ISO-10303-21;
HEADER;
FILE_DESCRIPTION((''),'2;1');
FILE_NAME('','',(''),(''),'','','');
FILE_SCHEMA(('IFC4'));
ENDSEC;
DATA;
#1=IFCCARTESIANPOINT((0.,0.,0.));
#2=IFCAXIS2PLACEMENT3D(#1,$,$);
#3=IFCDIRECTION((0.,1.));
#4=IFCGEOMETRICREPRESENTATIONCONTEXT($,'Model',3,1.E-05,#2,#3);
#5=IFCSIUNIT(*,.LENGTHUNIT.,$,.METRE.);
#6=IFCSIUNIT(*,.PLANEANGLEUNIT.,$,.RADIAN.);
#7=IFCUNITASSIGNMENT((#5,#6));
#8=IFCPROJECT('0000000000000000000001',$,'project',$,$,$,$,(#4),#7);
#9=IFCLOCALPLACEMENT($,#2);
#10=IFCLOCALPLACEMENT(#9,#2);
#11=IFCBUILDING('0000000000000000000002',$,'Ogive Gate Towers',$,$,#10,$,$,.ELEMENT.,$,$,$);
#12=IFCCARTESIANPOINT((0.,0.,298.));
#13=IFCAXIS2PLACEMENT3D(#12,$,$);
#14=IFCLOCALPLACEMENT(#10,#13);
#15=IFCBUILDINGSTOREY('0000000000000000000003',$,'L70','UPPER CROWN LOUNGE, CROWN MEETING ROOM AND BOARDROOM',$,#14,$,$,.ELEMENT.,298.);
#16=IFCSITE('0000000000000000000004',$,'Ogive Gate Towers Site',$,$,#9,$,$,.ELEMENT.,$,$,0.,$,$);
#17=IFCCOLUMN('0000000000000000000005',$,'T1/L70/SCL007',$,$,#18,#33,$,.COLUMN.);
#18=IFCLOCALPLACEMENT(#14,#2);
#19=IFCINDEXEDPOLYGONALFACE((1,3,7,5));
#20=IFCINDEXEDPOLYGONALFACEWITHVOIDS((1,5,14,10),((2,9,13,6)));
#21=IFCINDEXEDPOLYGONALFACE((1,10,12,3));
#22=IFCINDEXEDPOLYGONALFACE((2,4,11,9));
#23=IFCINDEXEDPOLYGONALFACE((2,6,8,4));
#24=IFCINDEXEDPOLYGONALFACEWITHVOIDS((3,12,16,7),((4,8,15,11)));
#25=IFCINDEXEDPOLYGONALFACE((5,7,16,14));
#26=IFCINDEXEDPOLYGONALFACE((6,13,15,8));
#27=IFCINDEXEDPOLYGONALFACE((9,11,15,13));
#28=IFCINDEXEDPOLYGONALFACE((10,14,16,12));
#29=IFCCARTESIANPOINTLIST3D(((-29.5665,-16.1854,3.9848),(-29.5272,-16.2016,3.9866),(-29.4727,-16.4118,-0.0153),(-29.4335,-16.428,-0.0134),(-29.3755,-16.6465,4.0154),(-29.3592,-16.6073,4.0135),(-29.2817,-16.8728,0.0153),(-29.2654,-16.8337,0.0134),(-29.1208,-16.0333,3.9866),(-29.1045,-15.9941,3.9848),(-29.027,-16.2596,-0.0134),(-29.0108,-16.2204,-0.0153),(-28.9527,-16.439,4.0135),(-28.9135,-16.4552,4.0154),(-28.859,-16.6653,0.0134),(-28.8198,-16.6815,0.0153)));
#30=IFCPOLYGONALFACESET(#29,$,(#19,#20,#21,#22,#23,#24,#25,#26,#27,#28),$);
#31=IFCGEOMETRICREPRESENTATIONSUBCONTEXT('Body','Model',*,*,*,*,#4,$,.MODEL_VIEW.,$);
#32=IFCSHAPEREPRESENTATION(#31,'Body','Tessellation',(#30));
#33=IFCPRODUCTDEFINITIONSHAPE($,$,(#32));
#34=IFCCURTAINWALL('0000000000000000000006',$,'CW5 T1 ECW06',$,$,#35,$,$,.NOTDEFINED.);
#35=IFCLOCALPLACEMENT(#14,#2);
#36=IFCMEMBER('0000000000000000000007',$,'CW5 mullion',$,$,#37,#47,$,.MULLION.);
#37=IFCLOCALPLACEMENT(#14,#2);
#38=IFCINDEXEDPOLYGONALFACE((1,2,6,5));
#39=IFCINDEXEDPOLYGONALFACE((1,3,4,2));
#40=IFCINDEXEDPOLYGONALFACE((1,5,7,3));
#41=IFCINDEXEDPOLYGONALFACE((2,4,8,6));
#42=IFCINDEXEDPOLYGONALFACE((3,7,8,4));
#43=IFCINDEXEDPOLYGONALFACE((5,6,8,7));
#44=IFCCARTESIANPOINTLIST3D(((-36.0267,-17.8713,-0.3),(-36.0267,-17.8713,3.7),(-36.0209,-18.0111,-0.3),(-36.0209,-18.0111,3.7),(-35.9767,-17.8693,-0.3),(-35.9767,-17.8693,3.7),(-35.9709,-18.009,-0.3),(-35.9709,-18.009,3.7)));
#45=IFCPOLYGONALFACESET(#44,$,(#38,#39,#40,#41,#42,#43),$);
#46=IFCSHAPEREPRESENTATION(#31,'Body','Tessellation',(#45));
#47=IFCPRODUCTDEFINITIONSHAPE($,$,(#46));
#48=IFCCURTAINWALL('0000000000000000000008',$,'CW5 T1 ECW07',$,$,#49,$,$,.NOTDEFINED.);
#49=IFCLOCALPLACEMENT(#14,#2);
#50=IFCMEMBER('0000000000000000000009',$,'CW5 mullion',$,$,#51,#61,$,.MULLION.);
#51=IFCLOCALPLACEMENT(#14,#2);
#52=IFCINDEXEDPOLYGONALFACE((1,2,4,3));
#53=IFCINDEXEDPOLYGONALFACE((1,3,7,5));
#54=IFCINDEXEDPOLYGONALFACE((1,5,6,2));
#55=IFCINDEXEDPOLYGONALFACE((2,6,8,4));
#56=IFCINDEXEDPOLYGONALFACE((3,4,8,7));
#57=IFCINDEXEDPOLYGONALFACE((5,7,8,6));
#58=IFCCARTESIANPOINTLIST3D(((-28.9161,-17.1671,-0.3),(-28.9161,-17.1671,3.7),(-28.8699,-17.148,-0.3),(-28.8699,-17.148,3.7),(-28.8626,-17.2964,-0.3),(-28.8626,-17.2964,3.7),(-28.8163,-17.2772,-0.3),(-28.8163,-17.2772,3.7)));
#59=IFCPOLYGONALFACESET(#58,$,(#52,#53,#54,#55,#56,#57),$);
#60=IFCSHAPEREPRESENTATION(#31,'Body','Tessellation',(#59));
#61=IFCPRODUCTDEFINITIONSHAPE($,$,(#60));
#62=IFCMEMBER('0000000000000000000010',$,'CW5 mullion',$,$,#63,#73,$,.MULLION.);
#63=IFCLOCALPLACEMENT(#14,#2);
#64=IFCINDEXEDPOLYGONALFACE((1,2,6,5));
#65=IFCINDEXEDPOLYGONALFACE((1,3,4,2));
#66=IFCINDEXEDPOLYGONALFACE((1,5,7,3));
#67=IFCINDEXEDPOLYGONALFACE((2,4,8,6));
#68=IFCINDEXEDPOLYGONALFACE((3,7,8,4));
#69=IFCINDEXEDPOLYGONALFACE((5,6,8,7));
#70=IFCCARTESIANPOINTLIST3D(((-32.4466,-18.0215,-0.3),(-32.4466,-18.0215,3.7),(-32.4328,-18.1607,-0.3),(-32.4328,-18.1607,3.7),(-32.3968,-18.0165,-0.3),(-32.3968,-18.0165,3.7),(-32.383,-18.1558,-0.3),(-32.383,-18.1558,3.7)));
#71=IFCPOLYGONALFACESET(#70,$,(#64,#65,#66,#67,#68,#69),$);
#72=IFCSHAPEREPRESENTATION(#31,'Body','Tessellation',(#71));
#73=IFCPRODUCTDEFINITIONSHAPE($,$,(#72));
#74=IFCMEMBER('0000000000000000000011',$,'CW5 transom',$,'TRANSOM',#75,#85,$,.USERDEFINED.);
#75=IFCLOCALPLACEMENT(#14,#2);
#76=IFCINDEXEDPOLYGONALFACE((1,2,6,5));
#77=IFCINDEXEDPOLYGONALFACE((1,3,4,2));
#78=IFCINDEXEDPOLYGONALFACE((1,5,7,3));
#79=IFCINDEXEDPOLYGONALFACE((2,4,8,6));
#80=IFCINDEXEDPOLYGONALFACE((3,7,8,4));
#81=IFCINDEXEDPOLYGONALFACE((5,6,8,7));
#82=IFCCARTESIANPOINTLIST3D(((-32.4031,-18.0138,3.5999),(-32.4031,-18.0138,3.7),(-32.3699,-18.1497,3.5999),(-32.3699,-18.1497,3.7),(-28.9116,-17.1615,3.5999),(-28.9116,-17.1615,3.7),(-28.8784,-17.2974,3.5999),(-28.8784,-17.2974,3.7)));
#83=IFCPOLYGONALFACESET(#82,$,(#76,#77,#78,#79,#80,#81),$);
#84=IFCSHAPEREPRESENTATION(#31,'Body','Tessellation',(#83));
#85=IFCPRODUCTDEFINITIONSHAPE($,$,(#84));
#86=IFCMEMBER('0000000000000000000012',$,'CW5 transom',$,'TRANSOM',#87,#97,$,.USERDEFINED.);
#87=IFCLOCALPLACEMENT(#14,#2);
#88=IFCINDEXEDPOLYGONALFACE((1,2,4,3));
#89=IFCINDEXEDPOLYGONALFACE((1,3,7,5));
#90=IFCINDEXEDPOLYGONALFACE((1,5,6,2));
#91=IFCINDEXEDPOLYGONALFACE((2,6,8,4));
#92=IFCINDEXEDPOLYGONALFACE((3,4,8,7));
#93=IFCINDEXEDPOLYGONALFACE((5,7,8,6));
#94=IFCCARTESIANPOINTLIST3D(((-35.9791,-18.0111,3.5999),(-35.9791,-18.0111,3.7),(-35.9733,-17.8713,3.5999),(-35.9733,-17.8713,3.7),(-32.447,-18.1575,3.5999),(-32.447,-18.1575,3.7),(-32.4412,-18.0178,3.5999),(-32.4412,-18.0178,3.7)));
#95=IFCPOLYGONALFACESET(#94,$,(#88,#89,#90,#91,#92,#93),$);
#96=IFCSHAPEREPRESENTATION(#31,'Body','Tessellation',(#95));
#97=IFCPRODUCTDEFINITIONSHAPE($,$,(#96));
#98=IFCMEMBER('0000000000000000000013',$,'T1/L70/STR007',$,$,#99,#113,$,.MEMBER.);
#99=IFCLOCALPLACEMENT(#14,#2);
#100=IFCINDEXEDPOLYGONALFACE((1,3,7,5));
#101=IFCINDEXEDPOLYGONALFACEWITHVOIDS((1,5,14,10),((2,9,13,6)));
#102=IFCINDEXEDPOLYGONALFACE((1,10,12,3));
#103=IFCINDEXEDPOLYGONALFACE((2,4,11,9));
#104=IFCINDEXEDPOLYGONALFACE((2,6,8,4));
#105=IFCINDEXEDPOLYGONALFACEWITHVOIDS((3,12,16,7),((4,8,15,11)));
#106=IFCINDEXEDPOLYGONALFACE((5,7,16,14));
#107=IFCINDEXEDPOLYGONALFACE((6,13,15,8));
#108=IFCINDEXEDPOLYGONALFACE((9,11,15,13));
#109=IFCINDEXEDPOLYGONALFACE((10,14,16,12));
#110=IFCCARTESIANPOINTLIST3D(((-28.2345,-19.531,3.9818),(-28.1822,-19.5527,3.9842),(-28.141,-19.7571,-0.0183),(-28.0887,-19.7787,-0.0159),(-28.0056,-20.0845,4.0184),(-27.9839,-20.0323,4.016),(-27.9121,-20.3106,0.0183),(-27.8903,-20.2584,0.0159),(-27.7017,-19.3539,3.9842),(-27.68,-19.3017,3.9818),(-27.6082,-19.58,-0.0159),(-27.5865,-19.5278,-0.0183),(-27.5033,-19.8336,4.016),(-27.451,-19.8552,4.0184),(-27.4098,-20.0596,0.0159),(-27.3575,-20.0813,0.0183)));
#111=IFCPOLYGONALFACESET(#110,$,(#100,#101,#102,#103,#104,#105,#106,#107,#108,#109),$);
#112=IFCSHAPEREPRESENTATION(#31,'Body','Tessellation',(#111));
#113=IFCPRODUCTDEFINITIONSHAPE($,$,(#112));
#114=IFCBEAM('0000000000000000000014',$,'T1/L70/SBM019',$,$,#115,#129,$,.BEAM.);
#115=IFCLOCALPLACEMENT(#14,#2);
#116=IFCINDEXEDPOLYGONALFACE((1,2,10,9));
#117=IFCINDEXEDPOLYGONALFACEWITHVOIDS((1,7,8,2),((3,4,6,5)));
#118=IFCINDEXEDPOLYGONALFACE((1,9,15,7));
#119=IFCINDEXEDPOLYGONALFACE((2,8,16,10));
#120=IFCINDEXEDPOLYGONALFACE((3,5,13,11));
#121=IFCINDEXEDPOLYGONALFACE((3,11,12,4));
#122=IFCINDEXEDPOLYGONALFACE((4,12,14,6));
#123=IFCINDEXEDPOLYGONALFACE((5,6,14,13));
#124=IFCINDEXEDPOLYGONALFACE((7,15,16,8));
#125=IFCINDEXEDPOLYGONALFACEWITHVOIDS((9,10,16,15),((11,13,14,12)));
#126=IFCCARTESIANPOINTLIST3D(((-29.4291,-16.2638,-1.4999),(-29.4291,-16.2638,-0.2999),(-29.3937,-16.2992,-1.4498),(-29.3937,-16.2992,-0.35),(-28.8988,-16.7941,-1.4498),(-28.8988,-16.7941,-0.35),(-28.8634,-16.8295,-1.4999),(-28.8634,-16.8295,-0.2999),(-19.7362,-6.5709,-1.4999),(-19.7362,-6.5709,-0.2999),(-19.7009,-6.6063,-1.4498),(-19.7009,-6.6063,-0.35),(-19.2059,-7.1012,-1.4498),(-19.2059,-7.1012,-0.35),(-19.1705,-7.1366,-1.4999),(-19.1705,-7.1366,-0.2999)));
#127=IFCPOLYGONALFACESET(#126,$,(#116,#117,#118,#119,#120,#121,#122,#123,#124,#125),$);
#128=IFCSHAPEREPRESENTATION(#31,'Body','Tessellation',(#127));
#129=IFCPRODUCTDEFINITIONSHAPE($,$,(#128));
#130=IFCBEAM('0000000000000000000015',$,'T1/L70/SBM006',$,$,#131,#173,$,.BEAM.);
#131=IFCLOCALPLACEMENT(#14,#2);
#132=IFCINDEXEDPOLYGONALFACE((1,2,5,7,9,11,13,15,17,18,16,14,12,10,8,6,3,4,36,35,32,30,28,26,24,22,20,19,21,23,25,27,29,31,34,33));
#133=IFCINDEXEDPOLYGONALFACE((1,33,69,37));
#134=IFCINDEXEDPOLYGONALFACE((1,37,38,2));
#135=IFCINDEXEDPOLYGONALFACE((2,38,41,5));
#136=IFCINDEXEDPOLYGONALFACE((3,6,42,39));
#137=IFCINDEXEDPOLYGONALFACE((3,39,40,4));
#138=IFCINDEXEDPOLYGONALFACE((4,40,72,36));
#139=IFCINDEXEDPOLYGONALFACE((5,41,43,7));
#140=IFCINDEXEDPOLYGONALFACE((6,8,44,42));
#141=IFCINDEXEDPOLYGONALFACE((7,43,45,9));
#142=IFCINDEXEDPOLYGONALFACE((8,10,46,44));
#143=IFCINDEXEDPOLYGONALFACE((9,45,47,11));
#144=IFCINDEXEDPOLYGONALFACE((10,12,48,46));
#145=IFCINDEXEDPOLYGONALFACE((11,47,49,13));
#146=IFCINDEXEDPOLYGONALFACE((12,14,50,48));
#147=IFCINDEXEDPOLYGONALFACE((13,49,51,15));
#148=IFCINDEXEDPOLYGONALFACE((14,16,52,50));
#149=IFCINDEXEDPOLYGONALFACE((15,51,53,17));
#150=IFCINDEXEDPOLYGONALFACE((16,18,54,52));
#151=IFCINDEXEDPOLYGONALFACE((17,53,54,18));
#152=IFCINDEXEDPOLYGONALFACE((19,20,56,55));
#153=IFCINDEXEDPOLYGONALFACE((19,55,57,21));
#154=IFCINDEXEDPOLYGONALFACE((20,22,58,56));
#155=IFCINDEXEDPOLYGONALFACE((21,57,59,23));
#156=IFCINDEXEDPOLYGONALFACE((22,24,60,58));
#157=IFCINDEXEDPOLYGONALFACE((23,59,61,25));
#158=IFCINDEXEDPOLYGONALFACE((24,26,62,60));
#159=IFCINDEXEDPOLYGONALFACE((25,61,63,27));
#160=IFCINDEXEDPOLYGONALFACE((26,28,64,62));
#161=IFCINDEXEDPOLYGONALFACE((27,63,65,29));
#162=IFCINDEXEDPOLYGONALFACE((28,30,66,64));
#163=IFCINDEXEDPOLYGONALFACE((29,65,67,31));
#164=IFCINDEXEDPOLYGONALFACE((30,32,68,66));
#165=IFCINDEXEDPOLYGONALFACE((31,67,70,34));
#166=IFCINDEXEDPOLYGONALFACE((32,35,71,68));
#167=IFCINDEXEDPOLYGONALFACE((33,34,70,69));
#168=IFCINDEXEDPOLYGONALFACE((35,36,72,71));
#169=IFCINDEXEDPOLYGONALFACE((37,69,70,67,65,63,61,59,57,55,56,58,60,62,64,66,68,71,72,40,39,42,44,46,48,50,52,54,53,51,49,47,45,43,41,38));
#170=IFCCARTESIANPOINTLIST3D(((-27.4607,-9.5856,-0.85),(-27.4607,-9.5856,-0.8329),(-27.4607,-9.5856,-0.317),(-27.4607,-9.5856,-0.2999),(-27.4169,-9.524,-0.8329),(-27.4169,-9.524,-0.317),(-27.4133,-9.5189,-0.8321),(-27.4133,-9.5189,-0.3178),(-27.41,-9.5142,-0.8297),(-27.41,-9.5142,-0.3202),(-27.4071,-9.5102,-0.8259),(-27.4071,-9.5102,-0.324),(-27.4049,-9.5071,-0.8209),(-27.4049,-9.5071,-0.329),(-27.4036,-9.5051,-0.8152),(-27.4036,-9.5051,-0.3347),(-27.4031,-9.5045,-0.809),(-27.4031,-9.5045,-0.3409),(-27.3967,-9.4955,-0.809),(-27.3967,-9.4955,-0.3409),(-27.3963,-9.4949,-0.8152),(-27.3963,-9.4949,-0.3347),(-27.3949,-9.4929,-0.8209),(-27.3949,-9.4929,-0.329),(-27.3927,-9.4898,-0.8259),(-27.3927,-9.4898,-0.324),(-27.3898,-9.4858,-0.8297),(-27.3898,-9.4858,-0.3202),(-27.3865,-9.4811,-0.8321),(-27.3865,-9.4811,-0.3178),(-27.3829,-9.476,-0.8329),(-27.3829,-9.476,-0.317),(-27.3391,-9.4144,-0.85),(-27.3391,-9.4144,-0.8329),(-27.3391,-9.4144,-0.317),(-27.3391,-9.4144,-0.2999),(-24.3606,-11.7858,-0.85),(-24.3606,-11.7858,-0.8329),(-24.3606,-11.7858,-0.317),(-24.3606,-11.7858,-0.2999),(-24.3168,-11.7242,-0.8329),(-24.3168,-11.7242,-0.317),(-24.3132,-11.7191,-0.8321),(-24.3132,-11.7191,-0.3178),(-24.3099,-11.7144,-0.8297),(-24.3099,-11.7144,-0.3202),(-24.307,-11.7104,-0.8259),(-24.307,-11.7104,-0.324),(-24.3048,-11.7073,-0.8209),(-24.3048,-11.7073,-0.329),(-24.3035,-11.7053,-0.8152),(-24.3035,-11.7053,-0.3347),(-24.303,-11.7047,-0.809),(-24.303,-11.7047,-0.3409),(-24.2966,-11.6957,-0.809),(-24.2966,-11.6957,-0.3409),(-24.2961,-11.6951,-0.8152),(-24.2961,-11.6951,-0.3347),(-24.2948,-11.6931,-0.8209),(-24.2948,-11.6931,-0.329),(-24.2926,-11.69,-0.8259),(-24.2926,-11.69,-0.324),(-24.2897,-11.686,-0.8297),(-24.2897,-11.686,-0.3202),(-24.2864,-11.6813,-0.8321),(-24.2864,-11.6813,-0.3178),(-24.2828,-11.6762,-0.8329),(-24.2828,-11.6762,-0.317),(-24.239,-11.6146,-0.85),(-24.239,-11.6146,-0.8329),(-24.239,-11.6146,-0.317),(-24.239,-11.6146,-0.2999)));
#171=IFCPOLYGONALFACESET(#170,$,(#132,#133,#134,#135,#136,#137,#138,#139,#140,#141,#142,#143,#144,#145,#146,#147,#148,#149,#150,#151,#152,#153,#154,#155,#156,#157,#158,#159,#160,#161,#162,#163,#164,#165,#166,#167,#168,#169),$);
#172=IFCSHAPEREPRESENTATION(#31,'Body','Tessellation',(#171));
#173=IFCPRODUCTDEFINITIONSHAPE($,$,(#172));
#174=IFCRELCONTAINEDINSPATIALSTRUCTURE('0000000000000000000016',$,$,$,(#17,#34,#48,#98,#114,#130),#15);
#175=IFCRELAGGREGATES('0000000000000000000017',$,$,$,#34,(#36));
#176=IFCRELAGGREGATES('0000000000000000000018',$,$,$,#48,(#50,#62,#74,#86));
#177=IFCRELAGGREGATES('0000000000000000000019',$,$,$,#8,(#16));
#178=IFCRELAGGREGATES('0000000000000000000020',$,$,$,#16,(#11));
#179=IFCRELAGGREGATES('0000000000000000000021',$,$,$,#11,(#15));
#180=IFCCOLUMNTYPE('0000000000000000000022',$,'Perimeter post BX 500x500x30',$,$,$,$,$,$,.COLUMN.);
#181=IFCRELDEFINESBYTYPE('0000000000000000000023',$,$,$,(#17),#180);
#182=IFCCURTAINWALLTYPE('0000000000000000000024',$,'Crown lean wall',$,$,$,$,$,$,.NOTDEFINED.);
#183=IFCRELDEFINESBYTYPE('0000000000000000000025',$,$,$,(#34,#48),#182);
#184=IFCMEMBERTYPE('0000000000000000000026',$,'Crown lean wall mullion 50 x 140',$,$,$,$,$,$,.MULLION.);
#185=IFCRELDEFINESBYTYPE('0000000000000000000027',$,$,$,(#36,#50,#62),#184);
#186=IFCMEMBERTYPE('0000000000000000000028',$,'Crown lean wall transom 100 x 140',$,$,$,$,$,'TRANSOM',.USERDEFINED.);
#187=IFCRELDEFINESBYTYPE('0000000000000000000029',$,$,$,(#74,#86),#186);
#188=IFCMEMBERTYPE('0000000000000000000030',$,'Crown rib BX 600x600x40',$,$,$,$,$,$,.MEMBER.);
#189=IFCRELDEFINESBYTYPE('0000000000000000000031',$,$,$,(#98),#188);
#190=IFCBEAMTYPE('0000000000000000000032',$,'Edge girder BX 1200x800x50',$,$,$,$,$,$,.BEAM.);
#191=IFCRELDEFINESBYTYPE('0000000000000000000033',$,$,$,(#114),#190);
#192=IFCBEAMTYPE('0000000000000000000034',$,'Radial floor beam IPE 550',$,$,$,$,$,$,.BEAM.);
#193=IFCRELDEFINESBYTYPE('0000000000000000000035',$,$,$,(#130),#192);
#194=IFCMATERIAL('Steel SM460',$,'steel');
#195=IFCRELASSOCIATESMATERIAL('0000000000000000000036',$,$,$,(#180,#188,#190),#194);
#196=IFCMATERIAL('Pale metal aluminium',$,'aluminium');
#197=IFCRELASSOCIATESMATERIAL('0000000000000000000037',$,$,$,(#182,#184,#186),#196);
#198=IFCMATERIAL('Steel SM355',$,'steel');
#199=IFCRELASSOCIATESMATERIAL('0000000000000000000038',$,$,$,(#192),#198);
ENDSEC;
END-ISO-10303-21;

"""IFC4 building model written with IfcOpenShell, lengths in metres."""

from ifc_helpers import new_model, si_unit, direction, frame, origin, origin_2d, place, context, subcontext, project, spatial, rectangle, hollow_rectangle, i_section, extrude, material, material_profile, profile_set, type_object, element, aggregate, save


model = new_model("IFC4")

# Units and contexts
model_context = context("Model", 3, precision=1e-05, world=origin(), true_north=direction((0.0, 1.0)))
body_context = subcontext(model_context, "Body", "Model", "MODEL_VIEW")
ifc_project = project(units=[si_unit("LENGTHUNIT", "METRE"), si_unit("PLANEANGLEUNIT", "RADIAN")], contexts=[model_context])

# Site, building, storey
site_placement = place(None, origin())
site = spatial("IfcSite", under=ifc_project, at=site_placement, Name="Ogive Gate Towers Site", CompositionType="ELEMENT", RefElevation=0.0)
building_placement = place(site_placement, origin())
building = spatial("IfcBuilding", under=site, at=building_placement, Name="Ogive Gate Towers", CompositionType="ELEMENT")
storey_placement = place(building_placement, frame((0.0, 0.0, 298.0)))
storey = spatial("IfcBuildingStorey", under=building, at=storey_placement, Name="L70", Description="UPPER CROWN LOUNGE, CROWN MEETING ROOM AND BOARDROOM", CompositionType="ELEMENT", Elevation=298.0)

# Column
ifc_material_1 = material(Name="Steel SM460", Category="steel")
ifc_material_profile_1 = material_profile(ifc_material_1, hollow_rectangle(XDim=0.5, YDim=0.5, WallThickness=0.03, at=origin_2d()), Name="BX 500x500x30")
ifc_profile_set_1 = profile_set([ifc_material_profile_1], Name="Steel SM460")
column_type = type_object("IfcColumnType", Name="Perimeter post BX 500x500x30", PredefinedType="COLUMN", material=ifc_profile_set_1)
column_placement = place(storey_placement, frame((-29.1462, -16.5466, 0.0), z_axis=(-0.023394, 0.056474, 0.99813), x_axis=(-0.923871, -0.382704, 0.0)))
element("IfcColumn", 1, at=column_placement, inside=storey, type_object=column_type, Name="T1/L70/SCL007", PredefinedType="COLUMN", context=body_context, shape_type="SweptSolid", body=[
    extrude(hollow_rectangle(XDim=0.5, YDim=0.5, WallThickness=0.03, at=origin_2d()), origin(), (0.0, 0.0, 1.0), 4.0076),
])

# Curtain wall, member
ifc_material_2 = material(Name="Pale metal aluminium", Category="aluminium")
curtain_wall_type = type_object("IfcCurtainWallType", Name="Crown lean wall", PredefinedType="NOTDEFINED", material=ifc_material_2)
curtain_wall_1_placement = place(storey_placement, origin())
curtain_wall_1 = element("IfcCurtainWall", 2, at=curtain_wall_1_placement, inside=storey, type_object=curtain_wall_type, Name="CW5 T1 ECW06", PredefinedType="NOTDEFINED")
ifc_material_profile_2 = material_profile(ifc_material_2, rectangle(XDim=0.1399, YDim=0.05, at=origin_2d()), Name="50 x 140 aluminium box")
ifc_profile_set_2 = profile_set([ifc_material_profile_2], Name="Pale metal aluminium")
member_type_1 = type_object("IfcMemberType", Name="Crown lean wall mullion 50 x 140", PredefinedType="MULLION", material=ifc_profile_set_2)
member_1_placement = place(storey_placement, frame((-35.9988, -17.9402, -0.3), z_axis=(0.0, 0.0, 1.0), x_axis=(-0.04144, 0.999141, 0.0)))
member_1 = element("IfcMember", 3, at=member_1_placement, type_object=member_type_1, Name="CW5 mullion", PredefinedType="MULLION", context=body_context, shape_type="SweptSolid", body=[
    extrude(rectangle(XDim=0.1399, YDim=0.05, at=origin_2d()), origin(), (0.0, 0.0, 1.0), 4.0),
])
aggregate(curtain_wall_1, [member_1])

# Curtain wall, members
curtain_wall_2_placement = place(storey_placement, origin())
curtain_wall_2 = element("IfcCurtainWall", 4, at=curtain_wall_2_placement, inside=storey, type_object=curtain_wall_type, Name="CW5 T1 ECW07", PredefinedType="NOTDEFINED")
member_2_placement = place(storey_placement, frame((-28.8662, -17.2222, -0.3), z_axis=(0.0, 0.0, 1.0), x_axis=(-0.382683, 0.92388, 0.0)))
member_2 = element("IfcMember", 5, at=member_2_placement, type_object=member_type_1, Name="CW5 mullion", PredefinedType="MULLION", context=body_context, shape_type="SweptSolid", body=[
    extrude(rectangle(XDim=0.1399, YDim=0.05, at=origin_2d()), origin(), (0.0, 0.0, 1.0), 4.0),
])
member_3_placement = place(storey_placement, frame((-32.4148, -18.0886, -0.3), z_axis=(0.0, 0.0, 1.0), x_axis=(-0.098833, 0.995104, 0.0)))
member_3 = element("IfcMember", 6, at=member_3_placement, type_object=member_type_1, Name="CW5 mullion", PredefinedType="MULLION", context=body_context, shape_type="SweptSolid", body=[
    extrude(rectangle(XDim=0.1399, YDim=0.05, at=origin_2d()), origin(), (0.0, 0.0, 1.0), 4.0),
])
ifc_material_profile_3 = material_profile(ifc_material_2, rectangle(XDim=0.1399, YDim=0.1001, at=origin_2d()), Name="100 x 140 aluminium box")
ifc_profile_set_3 = profile_set([ifc_material_profile_3], Name="Pale metal aluminium")
member_type_2 = type_object("IfcMemberType", Name="Crown lean wall transom 100 x 140", ElementType="TRANSOM", PredefinedType="USERDEFINED", material=ifc_profile_set_3)
member_4_placement = place(storey_placement, frame((-28.895, -17.2295, 3.6499), z_axis=(-0.971474, -0.237145, 0.0), x_axis=(0.237145, -0.971474, 0.0)))
member_4 = element("IfcMember", 7, at=member_4_placement, type_object=member_type_2, Name="CW5 transom", ObjectType="TRANSOM", PredefinedType="USERDEFINED", context=body_context, shape_type="SweptSolid", body=[
    extrude(rectangle(XDim=0.1399, YDim=0.1001, at=origin_2d()), origin(), (0.0, 0.0, 1.0), 3.594),
])
member_5_placement = place(storey_placement, frame((-32.4441, -18.0876, 3.6499), z_axis=(-0.999141, 0.041435, 0.0), x_axis=(-0.041435, -0.999141, 0.0)))
member_5 = element("IfcMember", 8, at=member_5_placement, type_object=member_type_2, Name="CW5 transom", ObjectType="TRANSOM", PredefinedType="USERDEFINED", context=body_context, shape_type="SweptSolid", body=[
    extrude(rectangle(XDim=0.1399, YDim=0.1001, at=origin_2d()), origin(), (0.0, 0.0, 1.0), 3.5352),
])

# Member
ifc_material_profile_4 = material_profile(ifc_material_1, hollow_rectangle(XDim=0.6001, YDim=0.6001, WallThickness=0.04, at=origin_2d()), Name="BX 600x600x40")
ifc_profile_set_4 = profile_set([ifc_material_profile_4], Name="Steel SM460")
member_type_3 = type_object("IfcMemberType", Name="Crown rib BX 600x600x40", PredefinedType="MEMBER", material=ifc_profile_set_4)
member_6_placement = place(storey_placement, frame((-27.7493, -19.9192, 0.0), z_axis=(-0.023333, 0.056413, 0.998135), x_axis=(-0.924078, -0.382205, 0.0)))
element("IfcMember", 9, at=member_6_placement, inside=storey, type_object=member_type_3, Name="T1/L70/STR007", PredefinedType="MEMBER", context=body_context, shape_type="SweptSolid", body=[
    extrude(hollow_rectangle(XDim=0.6001, YDim=0.6001, WallThickness=0.04, at=origin_2d()), origin(), (0.0, 0.0, 1.0), 4.0076),
])

# Beams
ifc_material_profile_5 = material_profile(ifc_material_1, hollow_rectangle(XDim=0.8, YDim=1.2, WallThickness=0.05, at=origin_2d()), Name="BX 1200x800x50")
ifc_profile_set_5 = profile_set([ifc_material_profile_5], Name="Steel SM460")
beam_type_1 = type_object("IfcBeamType", Name="Edge girder BX 1200x800x50", PredefinedType="BEAM", material=ifc_profile_set_5)
beam_1_placement = place(storey_placement, frame((-29.1462, -16.5466, -0.8999), z_axis=(0.707107, 0.707107, 0.0), x_axis=(-0.707107, 0.707107, 0.0)))
element("IfcBeam", 10, at=beam_1_placement, inside=storey, type_object=beam_type_1, Name="T1/L70/SBM019", PredefinedType="BEAM", context=body_context, shape_type="SweptSolid", body=[
    extrude(hollow_rectangle(XDim=0.8, YDim=1.2, WallThickness=0.05, at=origin_2d()), origin(), (0.0, 0.0, 1.0), 13.7078),
])
ifc_material_3 = material(Name="Steel SM355", Category="steel")
ifc_material_profile_6 = material_profile(ifc_material_3, i_section(OverallWidth=0.21, OverallDepth=0.55, WebThickness=0.011, FlangeThickness=0.0171, FilletRadius=0.0239, at=origin_2d()), Name="IPE 550")
ifc_profile_set_6 = profile_set([ifc_material_profile_6], Name="Steel SM355")
beam_type_2 = type_object("IfcBeamType", Name="Radial floor beam IPE 550", PredefinedType="BEAM", material=ifc_profile_set_6)
beam_2_placement = place(storey_placement, frame((-27.3999, -9.5, -0.575), z_axis=(0.815492, -0.578769, 0.0), x_axis=(0.578769, 0.815492, 0.0)))
element("IfcBeam", 11, at=beam_2_placement, inside=storey, type_object=beam_type_2, Name="T1/L70/SBM006", PredefinedType="BEAM", context=body_context, shape_type="SweptSolid", body=[
    extrude(i_section(OverallWidth=0.21, OverallDepth=0.55, WebThickness=0.011, FlangeThickness=0.0171, FilletRadius=0.0239, at=origin_2d()), origin(), (0.0, 0.0, 1.0), 3.8015),
])

aggregate(curtain_wall_2, [member_2, member_3, member_4, member_5])

save(model, "model.ifc")
